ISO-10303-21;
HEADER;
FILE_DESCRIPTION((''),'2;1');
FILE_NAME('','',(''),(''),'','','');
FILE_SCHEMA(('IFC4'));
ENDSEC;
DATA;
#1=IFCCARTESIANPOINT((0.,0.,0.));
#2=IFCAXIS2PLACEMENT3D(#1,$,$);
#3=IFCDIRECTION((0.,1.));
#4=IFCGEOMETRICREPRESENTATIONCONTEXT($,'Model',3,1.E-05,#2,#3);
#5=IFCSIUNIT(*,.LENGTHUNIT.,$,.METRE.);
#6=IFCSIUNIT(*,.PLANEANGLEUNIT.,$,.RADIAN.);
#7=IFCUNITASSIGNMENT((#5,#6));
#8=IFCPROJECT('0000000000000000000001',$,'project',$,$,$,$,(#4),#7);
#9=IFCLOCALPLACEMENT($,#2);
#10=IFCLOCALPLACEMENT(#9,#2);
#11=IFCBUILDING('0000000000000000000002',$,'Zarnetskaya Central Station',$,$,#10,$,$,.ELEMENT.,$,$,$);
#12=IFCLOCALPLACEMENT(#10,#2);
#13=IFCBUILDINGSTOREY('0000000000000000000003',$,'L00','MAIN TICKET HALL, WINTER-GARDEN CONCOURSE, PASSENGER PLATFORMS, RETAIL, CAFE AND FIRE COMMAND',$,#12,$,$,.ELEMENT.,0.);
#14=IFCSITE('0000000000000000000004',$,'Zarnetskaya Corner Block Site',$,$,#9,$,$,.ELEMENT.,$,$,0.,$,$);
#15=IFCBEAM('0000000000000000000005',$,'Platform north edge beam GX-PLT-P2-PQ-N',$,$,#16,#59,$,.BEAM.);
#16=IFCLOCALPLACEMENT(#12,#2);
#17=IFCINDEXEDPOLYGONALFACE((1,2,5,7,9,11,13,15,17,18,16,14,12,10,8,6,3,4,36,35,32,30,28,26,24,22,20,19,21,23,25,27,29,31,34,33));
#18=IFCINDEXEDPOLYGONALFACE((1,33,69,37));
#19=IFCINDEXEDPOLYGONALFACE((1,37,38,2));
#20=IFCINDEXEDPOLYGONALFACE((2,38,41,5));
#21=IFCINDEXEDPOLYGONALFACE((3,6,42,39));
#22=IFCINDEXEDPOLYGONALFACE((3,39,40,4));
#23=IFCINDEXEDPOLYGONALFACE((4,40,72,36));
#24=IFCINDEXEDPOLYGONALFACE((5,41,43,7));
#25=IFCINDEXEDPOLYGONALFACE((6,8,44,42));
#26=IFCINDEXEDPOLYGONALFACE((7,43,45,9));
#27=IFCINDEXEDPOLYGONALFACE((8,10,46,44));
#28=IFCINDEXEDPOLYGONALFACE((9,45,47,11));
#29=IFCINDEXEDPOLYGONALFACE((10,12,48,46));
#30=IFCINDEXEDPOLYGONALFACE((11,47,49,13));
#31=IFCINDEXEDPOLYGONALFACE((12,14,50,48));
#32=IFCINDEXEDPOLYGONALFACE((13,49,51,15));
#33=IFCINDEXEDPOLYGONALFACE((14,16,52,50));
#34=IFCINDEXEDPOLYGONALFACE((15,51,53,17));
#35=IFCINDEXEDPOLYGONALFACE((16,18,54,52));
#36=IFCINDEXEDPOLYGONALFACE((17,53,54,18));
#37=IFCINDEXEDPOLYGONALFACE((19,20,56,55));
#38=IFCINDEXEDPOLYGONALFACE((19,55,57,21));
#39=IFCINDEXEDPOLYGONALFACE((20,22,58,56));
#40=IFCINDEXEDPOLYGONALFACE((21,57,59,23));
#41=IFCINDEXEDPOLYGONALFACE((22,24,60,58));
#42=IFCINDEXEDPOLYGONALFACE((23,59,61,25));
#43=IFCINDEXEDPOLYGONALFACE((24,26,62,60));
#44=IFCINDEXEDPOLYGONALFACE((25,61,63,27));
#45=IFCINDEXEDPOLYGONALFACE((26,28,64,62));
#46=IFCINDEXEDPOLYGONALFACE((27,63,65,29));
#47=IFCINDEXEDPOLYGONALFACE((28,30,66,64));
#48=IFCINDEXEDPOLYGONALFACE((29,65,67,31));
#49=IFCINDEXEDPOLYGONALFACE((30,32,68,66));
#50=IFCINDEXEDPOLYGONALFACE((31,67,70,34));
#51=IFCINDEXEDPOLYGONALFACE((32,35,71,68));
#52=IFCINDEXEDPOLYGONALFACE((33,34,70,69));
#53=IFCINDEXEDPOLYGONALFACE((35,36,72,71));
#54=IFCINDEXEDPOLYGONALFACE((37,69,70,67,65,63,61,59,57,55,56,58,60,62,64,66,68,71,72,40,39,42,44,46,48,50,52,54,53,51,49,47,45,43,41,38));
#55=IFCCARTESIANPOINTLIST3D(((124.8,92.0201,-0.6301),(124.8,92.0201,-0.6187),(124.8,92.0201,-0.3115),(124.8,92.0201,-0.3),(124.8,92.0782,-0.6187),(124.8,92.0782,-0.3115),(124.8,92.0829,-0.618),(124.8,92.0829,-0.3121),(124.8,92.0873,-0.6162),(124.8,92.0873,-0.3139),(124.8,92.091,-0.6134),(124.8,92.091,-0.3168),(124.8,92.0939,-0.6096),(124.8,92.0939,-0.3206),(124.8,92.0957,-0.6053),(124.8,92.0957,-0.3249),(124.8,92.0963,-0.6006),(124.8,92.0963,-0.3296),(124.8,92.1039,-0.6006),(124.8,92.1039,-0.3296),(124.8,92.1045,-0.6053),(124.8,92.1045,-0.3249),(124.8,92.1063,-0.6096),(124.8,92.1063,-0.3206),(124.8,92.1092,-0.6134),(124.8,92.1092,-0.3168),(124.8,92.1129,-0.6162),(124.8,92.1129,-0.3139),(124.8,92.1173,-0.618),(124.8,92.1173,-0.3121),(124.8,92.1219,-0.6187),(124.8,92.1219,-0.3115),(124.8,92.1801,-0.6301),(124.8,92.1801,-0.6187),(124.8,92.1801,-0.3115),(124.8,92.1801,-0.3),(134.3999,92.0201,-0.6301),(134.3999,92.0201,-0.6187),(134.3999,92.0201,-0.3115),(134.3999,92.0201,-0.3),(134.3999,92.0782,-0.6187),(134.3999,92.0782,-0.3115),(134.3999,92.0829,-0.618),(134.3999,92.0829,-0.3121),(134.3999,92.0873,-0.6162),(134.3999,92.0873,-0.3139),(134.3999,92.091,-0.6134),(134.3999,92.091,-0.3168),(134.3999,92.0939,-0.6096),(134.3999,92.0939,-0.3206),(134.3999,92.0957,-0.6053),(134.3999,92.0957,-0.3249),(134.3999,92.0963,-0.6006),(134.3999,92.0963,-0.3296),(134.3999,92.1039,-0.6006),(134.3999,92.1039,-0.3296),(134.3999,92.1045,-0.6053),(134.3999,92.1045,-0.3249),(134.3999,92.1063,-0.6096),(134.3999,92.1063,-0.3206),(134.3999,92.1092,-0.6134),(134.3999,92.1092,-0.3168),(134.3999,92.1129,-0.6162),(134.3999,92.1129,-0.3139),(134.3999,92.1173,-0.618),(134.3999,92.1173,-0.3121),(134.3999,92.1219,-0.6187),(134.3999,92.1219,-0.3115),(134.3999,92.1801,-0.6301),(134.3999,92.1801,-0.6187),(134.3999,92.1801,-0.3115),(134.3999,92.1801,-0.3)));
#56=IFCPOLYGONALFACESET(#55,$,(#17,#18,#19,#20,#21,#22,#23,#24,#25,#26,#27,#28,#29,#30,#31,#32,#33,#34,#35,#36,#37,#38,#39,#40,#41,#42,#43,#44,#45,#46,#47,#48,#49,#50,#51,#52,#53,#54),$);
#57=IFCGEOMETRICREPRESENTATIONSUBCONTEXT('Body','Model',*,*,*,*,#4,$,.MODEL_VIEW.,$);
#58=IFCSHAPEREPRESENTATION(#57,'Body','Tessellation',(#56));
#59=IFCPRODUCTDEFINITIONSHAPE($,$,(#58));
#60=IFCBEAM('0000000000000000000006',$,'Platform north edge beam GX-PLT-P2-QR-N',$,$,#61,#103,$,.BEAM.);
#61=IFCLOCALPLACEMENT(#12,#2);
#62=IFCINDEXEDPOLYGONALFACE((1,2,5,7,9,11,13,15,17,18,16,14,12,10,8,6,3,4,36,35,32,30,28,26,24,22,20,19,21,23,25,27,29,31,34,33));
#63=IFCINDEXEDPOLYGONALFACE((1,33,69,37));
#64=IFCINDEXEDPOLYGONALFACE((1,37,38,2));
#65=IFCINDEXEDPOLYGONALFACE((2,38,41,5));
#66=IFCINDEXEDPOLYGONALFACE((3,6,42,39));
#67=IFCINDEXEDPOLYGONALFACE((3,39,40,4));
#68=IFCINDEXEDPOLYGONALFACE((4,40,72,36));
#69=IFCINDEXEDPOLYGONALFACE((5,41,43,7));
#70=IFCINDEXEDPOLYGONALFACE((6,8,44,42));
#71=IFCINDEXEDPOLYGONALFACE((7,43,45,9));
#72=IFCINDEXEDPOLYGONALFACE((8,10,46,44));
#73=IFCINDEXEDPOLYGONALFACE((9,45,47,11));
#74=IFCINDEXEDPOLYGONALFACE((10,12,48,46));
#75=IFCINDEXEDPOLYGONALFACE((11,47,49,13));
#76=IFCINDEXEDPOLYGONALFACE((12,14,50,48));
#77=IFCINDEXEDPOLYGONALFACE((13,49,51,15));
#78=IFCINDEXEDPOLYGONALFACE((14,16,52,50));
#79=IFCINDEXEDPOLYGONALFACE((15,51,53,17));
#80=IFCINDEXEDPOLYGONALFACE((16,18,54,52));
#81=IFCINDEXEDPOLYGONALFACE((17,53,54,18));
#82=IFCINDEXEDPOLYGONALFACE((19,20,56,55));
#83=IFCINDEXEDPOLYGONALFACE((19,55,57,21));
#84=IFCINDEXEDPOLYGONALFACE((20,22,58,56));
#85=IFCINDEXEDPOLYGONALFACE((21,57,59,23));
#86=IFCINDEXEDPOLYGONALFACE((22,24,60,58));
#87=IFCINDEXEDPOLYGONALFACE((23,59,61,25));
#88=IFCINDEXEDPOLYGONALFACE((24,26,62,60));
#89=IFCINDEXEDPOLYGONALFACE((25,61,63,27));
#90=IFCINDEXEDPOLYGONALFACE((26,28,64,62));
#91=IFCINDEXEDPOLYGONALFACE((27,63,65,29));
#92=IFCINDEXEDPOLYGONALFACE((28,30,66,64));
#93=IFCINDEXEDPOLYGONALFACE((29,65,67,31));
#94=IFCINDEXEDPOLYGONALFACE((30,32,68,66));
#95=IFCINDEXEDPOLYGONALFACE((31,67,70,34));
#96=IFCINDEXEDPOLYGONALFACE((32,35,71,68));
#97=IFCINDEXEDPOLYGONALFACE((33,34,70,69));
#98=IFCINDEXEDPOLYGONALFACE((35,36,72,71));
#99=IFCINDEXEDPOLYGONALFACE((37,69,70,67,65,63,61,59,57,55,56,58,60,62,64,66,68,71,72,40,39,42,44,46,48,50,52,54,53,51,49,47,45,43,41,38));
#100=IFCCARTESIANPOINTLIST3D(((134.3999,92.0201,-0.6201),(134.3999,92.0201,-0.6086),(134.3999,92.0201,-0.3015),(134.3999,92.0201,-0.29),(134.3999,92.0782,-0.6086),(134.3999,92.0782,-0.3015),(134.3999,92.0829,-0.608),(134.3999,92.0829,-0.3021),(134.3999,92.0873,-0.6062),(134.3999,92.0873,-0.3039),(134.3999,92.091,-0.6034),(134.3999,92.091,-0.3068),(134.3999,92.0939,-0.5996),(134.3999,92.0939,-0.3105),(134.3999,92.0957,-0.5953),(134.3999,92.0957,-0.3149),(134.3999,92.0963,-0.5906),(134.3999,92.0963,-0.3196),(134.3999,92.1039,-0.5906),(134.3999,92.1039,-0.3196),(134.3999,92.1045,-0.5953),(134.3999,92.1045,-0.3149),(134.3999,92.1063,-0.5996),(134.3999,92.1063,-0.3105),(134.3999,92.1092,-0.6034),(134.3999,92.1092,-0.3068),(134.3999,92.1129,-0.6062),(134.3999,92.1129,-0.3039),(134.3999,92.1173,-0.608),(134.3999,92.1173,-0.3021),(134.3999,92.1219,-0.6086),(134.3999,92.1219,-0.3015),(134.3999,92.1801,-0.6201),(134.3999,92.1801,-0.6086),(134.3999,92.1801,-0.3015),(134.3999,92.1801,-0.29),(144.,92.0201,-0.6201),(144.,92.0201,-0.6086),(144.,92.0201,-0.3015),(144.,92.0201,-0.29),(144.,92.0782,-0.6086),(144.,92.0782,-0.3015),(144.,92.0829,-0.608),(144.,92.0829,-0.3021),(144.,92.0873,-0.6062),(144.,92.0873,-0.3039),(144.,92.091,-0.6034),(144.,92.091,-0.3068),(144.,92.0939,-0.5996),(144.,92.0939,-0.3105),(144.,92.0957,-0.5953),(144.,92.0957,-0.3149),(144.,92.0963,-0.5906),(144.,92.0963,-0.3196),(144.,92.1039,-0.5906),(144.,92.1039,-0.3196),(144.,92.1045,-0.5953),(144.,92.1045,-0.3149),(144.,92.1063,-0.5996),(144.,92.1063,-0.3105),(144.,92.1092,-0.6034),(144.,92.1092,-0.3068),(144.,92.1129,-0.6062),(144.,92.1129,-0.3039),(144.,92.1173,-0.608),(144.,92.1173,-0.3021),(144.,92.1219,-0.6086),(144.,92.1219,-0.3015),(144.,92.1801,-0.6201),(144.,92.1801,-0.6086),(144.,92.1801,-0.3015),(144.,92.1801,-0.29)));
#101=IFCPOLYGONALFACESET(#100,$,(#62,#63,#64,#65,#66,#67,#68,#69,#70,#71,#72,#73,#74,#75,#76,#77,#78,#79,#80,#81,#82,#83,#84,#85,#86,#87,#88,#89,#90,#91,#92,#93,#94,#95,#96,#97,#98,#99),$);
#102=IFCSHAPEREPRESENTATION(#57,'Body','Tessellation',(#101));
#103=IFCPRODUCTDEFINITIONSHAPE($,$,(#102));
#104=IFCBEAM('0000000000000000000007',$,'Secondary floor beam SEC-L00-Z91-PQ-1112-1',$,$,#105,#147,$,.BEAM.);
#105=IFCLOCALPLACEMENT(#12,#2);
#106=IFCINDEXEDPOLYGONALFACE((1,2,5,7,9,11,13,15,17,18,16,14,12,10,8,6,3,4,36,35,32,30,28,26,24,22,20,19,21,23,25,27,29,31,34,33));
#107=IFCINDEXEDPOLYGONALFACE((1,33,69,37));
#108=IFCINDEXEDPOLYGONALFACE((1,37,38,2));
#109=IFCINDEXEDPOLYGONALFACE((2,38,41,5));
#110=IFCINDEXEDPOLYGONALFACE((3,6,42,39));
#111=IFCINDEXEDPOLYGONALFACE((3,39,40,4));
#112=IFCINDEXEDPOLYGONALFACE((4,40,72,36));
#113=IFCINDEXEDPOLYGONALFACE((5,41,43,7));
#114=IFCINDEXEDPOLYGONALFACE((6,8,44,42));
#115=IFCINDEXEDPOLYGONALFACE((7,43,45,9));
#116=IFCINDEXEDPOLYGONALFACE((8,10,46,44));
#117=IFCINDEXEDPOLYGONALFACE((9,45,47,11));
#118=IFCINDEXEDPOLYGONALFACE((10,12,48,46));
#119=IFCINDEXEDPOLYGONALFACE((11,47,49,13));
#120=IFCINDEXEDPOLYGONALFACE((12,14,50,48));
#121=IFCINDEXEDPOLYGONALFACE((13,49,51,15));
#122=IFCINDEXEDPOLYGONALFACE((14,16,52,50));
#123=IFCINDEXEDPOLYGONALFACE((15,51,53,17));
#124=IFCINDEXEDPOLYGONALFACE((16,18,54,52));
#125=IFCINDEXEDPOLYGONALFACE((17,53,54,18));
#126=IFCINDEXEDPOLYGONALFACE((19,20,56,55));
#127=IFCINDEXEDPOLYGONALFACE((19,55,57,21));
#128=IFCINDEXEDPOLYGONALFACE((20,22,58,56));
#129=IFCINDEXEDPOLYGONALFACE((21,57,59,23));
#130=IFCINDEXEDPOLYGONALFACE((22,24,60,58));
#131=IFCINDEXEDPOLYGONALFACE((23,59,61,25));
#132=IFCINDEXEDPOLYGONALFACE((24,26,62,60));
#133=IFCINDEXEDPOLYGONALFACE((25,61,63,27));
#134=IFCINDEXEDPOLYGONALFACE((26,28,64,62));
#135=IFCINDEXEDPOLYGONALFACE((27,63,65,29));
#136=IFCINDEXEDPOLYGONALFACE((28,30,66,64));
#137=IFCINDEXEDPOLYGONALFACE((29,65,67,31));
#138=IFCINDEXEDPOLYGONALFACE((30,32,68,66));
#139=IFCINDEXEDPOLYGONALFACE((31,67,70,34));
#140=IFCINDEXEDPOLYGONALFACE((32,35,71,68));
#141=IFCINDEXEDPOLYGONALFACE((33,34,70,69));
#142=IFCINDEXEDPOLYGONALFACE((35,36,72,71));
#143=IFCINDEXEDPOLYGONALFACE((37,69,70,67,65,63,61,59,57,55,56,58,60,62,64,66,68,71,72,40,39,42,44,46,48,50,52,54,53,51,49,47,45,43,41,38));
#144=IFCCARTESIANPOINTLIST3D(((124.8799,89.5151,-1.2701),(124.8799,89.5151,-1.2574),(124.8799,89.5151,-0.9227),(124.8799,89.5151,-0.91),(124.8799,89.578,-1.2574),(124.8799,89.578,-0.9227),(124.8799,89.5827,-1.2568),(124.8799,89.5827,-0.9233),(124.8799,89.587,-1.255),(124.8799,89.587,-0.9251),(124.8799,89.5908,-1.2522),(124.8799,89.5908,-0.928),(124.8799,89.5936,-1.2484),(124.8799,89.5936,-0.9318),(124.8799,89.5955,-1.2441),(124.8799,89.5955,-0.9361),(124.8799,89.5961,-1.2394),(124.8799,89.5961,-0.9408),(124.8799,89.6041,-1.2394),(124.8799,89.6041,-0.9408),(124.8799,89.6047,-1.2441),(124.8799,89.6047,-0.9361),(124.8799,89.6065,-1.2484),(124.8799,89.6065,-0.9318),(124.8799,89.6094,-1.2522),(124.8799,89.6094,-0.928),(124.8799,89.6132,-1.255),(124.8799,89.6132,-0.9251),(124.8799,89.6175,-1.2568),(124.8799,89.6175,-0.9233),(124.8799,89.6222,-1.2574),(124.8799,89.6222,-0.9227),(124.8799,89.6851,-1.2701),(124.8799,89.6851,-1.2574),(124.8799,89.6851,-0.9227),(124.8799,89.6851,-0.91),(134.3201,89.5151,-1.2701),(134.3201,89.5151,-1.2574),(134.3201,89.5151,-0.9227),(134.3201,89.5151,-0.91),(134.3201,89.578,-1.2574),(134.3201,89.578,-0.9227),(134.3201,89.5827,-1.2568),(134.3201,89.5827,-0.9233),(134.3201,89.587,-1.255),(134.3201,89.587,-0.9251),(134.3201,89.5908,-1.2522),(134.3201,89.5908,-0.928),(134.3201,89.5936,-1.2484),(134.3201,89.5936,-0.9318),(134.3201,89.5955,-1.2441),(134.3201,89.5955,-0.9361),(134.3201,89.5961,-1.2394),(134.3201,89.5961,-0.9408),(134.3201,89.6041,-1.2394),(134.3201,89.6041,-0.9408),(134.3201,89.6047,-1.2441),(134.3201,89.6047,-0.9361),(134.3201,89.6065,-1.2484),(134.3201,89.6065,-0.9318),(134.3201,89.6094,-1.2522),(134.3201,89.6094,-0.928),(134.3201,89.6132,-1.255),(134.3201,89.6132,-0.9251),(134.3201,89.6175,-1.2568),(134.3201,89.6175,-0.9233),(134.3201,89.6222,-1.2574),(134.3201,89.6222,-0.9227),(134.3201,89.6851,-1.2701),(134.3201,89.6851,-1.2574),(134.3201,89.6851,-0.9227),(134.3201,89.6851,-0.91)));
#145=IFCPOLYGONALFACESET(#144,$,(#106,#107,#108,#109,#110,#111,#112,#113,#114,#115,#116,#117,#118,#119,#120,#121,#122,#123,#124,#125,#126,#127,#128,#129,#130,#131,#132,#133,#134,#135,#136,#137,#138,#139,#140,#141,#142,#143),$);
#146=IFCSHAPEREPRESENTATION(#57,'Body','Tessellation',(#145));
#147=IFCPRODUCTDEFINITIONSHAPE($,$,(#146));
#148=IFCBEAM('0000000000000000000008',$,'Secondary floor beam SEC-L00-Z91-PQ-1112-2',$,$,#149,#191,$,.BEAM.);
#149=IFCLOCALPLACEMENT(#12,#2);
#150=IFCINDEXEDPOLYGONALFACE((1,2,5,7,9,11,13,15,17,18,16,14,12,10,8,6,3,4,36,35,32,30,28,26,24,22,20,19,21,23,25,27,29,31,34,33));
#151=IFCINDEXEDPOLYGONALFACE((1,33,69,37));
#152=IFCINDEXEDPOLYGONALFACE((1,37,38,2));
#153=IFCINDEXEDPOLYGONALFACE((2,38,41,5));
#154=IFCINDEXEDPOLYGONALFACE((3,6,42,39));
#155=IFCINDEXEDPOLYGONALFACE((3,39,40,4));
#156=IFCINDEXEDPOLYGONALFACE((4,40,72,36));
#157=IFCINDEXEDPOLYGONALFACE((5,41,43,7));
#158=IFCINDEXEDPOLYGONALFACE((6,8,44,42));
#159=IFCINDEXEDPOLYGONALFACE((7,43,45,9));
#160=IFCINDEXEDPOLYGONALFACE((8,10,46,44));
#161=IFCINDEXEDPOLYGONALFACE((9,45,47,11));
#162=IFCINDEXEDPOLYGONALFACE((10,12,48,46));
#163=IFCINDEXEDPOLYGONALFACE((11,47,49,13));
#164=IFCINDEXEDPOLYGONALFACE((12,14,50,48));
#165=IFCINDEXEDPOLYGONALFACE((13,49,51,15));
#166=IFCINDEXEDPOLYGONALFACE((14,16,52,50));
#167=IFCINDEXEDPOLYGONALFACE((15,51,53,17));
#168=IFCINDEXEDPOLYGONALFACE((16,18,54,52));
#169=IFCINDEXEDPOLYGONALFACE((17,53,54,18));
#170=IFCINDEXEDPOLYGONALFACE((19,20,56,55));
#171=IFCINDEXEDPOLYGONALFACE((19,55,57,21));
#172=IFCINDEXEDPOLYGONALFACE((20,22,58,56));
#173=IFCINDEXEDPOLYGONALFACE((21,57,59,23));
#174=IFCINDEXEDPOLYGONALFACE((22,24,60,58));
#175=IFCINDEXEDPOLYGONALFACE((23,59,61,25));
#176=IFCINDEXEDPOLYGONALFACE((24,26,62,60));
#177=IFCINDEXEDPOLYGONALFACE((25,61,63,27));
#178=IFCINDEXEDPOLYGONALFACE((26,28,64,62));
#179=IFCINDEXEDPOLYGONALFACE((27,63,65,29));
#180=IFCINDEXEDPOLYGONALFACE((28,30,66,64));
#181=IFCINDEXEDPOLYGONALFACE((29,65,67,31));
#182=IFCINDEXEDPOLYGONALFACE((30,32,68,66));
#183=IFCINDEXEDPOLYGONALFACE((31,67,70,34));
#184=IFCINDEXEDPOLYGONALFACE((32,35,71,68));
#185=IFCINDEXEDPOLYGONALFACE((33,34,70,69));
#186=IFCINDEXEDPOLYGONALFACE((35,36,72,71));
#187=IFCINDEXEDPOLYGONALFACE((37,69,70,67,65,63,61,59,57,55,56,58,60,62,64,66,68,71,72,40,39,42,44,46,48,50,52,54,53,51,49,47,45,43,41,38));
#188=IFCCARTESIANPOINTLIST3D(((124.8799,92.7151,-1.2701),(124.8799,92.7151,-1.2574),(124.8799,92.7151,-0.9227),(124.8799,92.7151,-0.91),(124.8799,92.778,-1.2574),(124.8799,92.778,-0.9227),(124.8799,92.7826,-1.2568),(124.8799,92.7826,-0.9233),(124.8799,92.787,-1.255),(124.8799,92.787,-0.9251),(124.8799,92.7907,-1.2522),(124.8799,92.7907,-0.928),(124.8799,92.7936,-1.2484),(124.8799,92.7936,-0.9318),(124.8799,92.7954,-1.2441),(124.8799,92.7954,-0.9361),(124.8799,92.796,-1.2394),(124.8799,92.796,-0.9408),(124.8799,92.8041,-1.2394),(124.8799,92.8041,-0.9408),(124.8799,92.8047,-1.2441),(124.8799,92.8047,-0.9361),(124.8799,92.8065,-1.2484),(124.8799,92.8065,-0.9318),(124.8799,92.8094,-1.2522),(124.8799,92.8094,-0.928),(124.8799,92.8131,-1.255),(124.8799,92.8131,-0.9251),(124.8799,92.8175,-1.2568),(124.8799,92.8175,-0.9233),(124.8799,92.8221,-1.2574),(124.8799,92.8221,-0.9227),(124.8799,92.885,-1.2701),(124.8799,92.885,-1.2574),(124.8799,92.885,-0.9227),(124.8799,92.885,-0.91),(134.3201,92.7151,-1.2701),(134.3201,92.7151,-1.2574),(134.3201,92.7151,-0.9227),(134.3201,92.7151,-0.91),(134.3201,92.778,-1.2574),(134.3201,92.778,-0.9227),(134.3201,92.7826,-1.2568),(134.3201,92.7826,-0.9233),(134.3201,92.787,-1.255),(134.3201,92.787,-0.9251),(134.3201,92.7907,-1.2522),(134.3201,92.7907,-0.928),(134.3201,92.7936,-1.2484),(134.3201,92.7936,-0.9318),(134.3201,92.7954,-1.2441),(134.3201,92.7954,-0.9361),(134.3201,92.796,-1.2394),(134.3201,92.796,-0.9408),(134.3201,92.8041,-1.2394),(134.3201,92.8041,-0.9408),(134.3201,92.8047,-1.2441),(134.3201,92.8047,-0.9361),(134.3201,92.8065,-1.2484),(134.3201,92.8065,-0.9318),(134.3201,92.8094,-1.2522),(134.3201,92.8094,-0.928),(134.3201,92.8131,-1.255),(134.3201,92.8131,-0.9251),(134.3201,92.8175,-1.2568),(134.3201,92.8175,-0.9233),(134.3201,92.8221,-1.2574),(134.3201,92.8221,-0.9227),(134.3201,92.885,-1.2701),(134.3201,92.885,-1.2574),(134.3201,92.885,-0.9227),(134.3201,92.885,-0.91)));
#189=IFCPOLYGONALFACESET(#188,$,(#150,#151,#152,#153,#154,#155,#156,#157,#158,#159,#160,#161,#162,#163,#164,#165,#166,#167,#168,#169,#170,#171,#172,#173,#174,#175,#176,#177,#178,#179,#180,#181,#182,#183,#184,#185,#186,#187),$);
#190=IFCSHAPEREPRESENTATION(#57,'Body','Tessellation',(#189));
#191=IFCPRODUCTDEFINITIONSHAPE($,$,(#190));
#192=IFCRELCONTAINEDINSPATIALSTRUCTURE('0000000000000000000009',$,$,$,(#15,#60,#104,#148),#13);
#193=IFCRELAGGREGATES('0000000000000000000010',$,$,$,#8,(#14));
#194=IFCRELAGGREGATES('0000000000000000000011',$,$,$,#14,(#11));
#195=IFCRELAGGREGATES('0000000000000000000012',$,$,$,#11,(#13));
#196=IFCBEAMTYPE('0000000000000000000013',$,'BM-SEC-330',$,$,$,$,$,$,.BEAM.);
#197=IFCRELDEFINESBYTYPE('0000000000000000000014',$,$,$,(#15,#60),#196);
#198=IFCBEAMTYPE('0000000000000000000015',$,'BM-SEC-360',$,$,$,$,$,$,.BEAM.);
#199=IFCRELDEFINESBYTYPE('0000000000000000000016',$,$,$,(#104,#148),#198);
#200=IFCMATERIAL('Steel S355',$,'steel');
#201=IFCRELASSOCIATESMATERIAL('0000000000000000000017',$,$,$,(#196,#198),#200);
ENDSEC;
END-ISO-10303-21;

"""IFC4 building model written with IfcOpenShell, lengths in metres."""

from ifc_helpers import new_model, si_unit, direction, frame, origin, origin_2d, place, context, subcontext, project, spatial, i_section, extrude, material, material_profile, profile_set, type_object, element, save


model = new_model("IFC4")

# Units and contexts
model_context = context("Model", 3, precision=1e-05, world=origin(), true_north=direction((0.0, 1.0)))
body_context = subcontext(model_context, "Body", "Model", "MODEL_VIEW")
ifc_project = project(units=[si_unit("LENGTHUNIT", "METRE"), si_unit("PLANEANGLEUNIT", "RADIAN")], contexts=[model_context])

# Site, building, storey
site_placement = place(None, origin())
site = spatial("IfcSite", under=ifc_project, at=site_placement, Name="Zarnetskaya Corner Block Site", CompositionType="ELEMENT", RefElevation=0.0)
building_placement = place(site_placement, origin())
building = spatial("IfcBuilding", under=site, at=building_placement, Name="Zarnetskaya Central Station", CompositionType="ELEMENT")
storey_placement = place(building_placement, origin())
storey = spatial("IfcBuildingStorey", under=building, at=storey_placement, Name="L00", Description="MAIN TICKET HALL, WINTER-GARDEN CONCOURSE, PASSENGER PLATFORMS, RETAIL, CAFE AND FIRE COMMAND", CompositionType="ELEMENT", Elevation=0.0)

# Shared definitions
ifc_material = material(Name="Steel S355", Category="steel")

# Beams
ifc_material_profile_1 = material_profile(ifc_material, i_section(OverallWidth=0.1599, OverallDepth=0.3301, WebThickness=0.0076, FlangeThickness=0.0115, FilletRadius=0.0181, at=origin_2d()), Name="IPE 330")
ifc_profile_set_1 = profile_set([ifc_material_profile_1], Name="Steel S355")
beam_type_1 = type_object("IfcBeamType", Name="BM-SEC-330", PredefinedType="BEAM", material=ifc_profile_set_1)
beam_1_placement = place(storey_placement, frame((124.8, 92.1001, -0.4651), z_axis=(1.0, 0.0, 0.0), x_axis=(0.0, 1.0, 0.0)))
element("IfcBeam", 1, at=beam_1_placement, inside=storey, type_object=beam_type_1, Name="Platform north edge beam GX-PLT-P2-PQ-N", PredefinedType="BEAM", context=body_context, shape_type="SweptSolid", body=[
    extrude(i_section(OverallWidth=0.1599, OverallDepth=0.3301, WebThickness=0.0076, FlangeThickness=0.0115, FilletRadius=0.0181, at=origin_2d()), origin(), (0.0, 0.0, 1.0), 9.5999),
])
beam_2_placement = place(storey_placement, frame((134.3999, 92.1001, -0.4551), z_axis=(1.0, 0.0, 0.0), x_axis=(0.0, 1.0, 0.0)))
element("IfcBeam", 2, at=beam_2_placement, inside=storey, type_object=beam_type_1, Name="Platform north edge beam GX-PLT-P2-QR-N", PredefinedType="BEAM", context=body_context, shape_type="SweptSolid", body=[
    extrude(i_section(OverallWidth=0.1599, OverallDepth=0.3301, WebThickness=0.0076, FlangeThickness=0.0115, FilletRadius=0.0181, at=origin_2d()), origin(), (0.0, 0.0, 1.0), 9.6001),
])
ifc_material_profile_2 = material_profile(ifc_material, i_section(OverallWidth=0.1699, OverallDepth=0.3601, WebThickness=0.0081, FlangeThickness=0.0127, FilletRadius=0.0181, at=origin_2d()), Name="IPE 360")
ifc_profile_set_2 = profile_set([ifc_material_profile_2], Name="Steel S355")
beam_type_2 = type_object("IfcBeamType", Name="BM-SEC-360", PredefinedType="BEAM", material=ifc_profile_set_2)
for number, where, z_axis, x_axis, name in (
    (3, (124.8799, 89.6001, -1.0901), (1.0, 0.0, 0.0), (0.0, 1.0, 0.0), "Secondary floor beam SEC-L00-Z91-PQ-1112-1"),
    (4, (124.8799, 92.8, -1.0901), (1.0, 0.0, 0.0), (0.0, 1.0, 0.0), "Secondary floor beam SEC-L00-Z91-PQ-1112-2"),
):
    element("IfcBeam", number, at=place(storey_placement, frame(where, z_axis=z_axis, x_axis=x_axis)), inside=storey, type_object=beam_type_2, Name=name, PredefinedType="BEAM", context=body_context, shape_type="SweptSolid", body=[
        extrude(i_section(OverallWidth=0.1699, OverallDepth=0.3601, WebThickness=0.0081, FlangeThickness=0.0127, FilletRadius=0.0181, at=origin_2d()), origin(), (0.0, 0.0, 1.0), 9.4402),
    ])

save(model, "model.ifc")
